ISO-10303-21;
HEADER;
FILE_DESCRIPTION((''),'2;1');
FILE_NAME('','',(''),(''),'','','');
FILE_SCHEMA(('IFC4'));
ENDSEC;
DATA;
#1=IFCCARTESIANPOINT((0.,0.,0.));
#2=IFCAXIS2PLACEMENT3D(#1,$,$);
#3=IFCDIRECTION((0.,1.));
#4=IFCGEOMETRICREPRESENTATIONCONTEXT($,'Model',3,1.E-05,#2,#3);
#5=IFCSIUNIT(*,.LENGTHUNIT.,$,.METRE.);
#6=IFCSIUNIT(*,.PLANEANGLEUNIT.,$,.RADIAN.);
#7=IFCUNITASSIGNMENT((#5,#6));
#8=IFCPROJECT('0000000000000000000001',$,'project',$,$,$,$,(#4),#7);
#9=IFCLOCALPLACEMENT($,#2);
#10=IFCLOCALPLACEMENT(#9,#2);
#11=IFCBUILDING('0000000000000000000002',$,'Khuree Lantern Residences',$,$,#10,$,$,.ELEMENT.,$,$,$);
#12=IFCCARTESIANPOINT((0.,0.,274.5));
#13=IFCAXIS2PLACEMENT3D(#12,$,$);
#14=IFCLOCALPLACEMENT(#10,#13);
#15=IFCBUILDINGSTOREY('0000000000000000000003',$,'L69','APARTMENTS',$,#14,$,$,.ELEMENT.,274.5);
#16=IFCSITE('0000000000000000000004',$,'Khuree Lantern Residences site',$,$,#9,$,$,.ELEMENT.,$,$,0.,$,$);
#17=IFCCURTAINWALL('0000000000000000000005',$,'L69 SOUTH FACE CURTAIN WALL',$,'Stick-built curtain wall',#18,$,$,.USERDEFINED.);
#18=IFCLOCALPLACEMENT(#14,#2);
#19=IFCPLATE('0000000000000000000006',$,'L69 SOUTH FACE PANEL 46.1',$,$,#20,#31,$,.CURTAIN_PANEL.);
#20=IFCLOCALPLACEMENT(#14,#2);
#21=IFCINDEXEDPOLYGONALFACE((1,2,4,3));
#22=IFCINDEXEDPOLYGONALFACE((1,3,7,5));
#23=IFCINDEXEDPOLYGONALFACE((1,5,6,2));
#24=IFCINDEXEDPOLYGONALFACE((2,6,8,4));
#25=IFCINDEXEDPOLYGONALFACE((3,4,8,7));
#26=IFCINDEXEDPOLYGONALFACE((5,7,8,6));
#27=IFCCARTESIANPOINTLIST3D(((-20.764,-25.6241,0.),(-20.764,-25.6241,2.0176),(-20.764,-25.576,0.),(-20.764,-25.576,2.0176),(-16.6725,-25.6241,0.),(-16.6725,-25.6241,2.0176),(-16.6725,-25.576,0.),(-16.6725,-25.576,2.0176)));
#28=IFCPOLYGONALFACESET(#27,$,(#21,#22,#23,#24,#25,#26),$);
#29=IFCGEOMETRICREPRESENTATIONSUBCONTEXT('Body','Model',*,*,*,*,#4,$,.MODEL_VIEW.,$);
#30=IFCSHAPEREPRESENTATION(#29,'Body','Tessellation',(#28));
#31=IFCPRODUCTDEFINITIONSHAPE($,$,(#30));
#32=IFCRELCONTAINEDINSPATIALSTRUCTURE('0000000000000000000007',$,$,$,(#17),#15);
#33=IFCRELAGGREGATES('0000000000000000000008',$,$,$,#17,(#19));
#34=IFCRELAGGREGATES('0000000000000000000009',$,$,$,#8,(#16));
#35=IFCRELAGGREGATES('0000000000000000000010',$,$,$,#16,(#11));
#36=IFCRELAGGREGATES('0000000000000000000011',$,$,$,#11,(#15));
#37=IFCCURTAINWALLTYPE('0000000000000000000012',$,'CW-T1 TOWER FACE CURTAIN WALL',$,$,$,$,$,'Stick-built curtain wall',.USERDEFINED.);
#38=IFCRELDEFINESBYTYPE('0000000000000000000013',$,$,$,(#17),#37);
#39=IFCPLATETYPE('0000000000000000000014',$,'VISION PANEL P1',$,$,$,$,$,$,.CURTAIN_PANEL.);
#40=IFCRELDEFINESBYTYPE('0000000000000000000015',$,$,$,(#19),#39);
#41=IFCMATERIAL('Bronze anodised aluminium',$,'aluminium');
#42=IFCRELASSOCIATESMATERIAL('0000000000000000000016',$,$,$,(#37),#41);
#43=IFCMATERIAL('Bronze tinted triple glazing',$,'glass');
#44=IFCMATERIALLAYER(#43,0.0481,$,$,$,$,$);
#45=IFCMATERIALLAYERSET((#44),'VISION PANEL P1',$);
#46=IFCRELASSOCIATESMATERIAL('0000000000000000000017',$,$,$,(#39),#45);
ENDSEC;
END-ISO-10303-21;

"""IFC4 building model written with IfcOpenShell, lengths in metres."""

from ifc_helpers import new_model, si_unit, direction, frame, origin, origin_2d, place, context, subcontext, project, spatial, rectangle, extrude, material, layer, layer_set, type_object, element, aggregate, save


model = new_model("IFC4")

# Units and contexts
model_context = context("Model", 3, precision=1e-05, world=origin(), true_north=direction((0.0, 1.0)))
body_context = subcontext(model_context, "Body", "Model", "MODEL_VIEW")
ifc_project = project(units=[si_unit("LENGTHUNIT", "METRE"), si_unit("PLANEANGLEUNIT", "RADIAN")], contexts=[model_context])

# Site, building, storey
site_placement = place(None, origin())
site = spatial("IfcSite", under=ifc_project, at=site_placement, Name="Khuree Lantern Residences site", CompositionType="ELEMENT", RefElevation=0.0)
building_placement = place(site_placement, origin())
building = spatial("IfcBuilding", under=site, at=building_placement, Name="Khuree Lantern Residences", CompositionType="ELEMENT")
storey_placement = place(building_placement, frame((0.0, 0.0, 274.5)))
storey = spatial("IfcBuildingStorey", under=building, at=storey_placement, Name="L69", Description="APARTMENTS", CompositionType="ELEMENT", Elevation=274.5)

# Curtain wall
ifc_material_1 = material(Name="Bronze anodised aluminium", Category="aluminium")
curtain_wall_type_1 = type_object("IfcCurtainWallType", Name="CW-T1 TOWER FACE CURTAIN WALL", ElementType="Stick-built curtain wall", PredefinedType="USERDEFINED", material=ifc_material_1)
curtain_wall_1_placement = place(storey_placement, origin())
curtain_wall_1 = element("IfcCurtainWall", 1, at=curtain_wall_1_placement, inside=storey, type_object=curtain_wall_type_1, Name="L69 SOUTH FACE CURTAIN WALL", ObjectType="Stick-built curtain wall", PredefinedType="USERDEFINED")

# Plate
ifc_material_2 = material(Name="Bronze tinted triple glazing", Category="glass")
ifc_layer_1 = layer(ifc_material_2, 0.0481)
ifc_layer_set_1 = layer_set([ifc_layer_1], Name="VISION PANEL P1")
plate_type_1 = type_object("IfcPlateType", Name="VISION PANEL P1", PredefinedType="CURTAIN_PANEL", material=ifc_layer_set_1)
plate_1_placement = place(storey_placement, frame((-18.7183, -25.6001, 0.0), z_axis=(0.0, 0.0, 1.0), x_axis=(1.0, 0.0, 0.0)))
plate_1 = element("IfcPlate", 2, at=plate_1_placement, type_object=plate_type_1, Name="L69 SOUTH FACE PANEL 46.1", PredefinedType="CURTAIN_PANEL", context=body_context, shape_type="SweptSolid", body=[
    extrude(rectangle(XDim=4.0916, YDim=0.0481, at=origin_2d()), origin(), (0.0, 0.0, 1.0), 2.0176),
])
aggregate(curtain_wall_1, [plate_1])

save(model, "model.ifc")
